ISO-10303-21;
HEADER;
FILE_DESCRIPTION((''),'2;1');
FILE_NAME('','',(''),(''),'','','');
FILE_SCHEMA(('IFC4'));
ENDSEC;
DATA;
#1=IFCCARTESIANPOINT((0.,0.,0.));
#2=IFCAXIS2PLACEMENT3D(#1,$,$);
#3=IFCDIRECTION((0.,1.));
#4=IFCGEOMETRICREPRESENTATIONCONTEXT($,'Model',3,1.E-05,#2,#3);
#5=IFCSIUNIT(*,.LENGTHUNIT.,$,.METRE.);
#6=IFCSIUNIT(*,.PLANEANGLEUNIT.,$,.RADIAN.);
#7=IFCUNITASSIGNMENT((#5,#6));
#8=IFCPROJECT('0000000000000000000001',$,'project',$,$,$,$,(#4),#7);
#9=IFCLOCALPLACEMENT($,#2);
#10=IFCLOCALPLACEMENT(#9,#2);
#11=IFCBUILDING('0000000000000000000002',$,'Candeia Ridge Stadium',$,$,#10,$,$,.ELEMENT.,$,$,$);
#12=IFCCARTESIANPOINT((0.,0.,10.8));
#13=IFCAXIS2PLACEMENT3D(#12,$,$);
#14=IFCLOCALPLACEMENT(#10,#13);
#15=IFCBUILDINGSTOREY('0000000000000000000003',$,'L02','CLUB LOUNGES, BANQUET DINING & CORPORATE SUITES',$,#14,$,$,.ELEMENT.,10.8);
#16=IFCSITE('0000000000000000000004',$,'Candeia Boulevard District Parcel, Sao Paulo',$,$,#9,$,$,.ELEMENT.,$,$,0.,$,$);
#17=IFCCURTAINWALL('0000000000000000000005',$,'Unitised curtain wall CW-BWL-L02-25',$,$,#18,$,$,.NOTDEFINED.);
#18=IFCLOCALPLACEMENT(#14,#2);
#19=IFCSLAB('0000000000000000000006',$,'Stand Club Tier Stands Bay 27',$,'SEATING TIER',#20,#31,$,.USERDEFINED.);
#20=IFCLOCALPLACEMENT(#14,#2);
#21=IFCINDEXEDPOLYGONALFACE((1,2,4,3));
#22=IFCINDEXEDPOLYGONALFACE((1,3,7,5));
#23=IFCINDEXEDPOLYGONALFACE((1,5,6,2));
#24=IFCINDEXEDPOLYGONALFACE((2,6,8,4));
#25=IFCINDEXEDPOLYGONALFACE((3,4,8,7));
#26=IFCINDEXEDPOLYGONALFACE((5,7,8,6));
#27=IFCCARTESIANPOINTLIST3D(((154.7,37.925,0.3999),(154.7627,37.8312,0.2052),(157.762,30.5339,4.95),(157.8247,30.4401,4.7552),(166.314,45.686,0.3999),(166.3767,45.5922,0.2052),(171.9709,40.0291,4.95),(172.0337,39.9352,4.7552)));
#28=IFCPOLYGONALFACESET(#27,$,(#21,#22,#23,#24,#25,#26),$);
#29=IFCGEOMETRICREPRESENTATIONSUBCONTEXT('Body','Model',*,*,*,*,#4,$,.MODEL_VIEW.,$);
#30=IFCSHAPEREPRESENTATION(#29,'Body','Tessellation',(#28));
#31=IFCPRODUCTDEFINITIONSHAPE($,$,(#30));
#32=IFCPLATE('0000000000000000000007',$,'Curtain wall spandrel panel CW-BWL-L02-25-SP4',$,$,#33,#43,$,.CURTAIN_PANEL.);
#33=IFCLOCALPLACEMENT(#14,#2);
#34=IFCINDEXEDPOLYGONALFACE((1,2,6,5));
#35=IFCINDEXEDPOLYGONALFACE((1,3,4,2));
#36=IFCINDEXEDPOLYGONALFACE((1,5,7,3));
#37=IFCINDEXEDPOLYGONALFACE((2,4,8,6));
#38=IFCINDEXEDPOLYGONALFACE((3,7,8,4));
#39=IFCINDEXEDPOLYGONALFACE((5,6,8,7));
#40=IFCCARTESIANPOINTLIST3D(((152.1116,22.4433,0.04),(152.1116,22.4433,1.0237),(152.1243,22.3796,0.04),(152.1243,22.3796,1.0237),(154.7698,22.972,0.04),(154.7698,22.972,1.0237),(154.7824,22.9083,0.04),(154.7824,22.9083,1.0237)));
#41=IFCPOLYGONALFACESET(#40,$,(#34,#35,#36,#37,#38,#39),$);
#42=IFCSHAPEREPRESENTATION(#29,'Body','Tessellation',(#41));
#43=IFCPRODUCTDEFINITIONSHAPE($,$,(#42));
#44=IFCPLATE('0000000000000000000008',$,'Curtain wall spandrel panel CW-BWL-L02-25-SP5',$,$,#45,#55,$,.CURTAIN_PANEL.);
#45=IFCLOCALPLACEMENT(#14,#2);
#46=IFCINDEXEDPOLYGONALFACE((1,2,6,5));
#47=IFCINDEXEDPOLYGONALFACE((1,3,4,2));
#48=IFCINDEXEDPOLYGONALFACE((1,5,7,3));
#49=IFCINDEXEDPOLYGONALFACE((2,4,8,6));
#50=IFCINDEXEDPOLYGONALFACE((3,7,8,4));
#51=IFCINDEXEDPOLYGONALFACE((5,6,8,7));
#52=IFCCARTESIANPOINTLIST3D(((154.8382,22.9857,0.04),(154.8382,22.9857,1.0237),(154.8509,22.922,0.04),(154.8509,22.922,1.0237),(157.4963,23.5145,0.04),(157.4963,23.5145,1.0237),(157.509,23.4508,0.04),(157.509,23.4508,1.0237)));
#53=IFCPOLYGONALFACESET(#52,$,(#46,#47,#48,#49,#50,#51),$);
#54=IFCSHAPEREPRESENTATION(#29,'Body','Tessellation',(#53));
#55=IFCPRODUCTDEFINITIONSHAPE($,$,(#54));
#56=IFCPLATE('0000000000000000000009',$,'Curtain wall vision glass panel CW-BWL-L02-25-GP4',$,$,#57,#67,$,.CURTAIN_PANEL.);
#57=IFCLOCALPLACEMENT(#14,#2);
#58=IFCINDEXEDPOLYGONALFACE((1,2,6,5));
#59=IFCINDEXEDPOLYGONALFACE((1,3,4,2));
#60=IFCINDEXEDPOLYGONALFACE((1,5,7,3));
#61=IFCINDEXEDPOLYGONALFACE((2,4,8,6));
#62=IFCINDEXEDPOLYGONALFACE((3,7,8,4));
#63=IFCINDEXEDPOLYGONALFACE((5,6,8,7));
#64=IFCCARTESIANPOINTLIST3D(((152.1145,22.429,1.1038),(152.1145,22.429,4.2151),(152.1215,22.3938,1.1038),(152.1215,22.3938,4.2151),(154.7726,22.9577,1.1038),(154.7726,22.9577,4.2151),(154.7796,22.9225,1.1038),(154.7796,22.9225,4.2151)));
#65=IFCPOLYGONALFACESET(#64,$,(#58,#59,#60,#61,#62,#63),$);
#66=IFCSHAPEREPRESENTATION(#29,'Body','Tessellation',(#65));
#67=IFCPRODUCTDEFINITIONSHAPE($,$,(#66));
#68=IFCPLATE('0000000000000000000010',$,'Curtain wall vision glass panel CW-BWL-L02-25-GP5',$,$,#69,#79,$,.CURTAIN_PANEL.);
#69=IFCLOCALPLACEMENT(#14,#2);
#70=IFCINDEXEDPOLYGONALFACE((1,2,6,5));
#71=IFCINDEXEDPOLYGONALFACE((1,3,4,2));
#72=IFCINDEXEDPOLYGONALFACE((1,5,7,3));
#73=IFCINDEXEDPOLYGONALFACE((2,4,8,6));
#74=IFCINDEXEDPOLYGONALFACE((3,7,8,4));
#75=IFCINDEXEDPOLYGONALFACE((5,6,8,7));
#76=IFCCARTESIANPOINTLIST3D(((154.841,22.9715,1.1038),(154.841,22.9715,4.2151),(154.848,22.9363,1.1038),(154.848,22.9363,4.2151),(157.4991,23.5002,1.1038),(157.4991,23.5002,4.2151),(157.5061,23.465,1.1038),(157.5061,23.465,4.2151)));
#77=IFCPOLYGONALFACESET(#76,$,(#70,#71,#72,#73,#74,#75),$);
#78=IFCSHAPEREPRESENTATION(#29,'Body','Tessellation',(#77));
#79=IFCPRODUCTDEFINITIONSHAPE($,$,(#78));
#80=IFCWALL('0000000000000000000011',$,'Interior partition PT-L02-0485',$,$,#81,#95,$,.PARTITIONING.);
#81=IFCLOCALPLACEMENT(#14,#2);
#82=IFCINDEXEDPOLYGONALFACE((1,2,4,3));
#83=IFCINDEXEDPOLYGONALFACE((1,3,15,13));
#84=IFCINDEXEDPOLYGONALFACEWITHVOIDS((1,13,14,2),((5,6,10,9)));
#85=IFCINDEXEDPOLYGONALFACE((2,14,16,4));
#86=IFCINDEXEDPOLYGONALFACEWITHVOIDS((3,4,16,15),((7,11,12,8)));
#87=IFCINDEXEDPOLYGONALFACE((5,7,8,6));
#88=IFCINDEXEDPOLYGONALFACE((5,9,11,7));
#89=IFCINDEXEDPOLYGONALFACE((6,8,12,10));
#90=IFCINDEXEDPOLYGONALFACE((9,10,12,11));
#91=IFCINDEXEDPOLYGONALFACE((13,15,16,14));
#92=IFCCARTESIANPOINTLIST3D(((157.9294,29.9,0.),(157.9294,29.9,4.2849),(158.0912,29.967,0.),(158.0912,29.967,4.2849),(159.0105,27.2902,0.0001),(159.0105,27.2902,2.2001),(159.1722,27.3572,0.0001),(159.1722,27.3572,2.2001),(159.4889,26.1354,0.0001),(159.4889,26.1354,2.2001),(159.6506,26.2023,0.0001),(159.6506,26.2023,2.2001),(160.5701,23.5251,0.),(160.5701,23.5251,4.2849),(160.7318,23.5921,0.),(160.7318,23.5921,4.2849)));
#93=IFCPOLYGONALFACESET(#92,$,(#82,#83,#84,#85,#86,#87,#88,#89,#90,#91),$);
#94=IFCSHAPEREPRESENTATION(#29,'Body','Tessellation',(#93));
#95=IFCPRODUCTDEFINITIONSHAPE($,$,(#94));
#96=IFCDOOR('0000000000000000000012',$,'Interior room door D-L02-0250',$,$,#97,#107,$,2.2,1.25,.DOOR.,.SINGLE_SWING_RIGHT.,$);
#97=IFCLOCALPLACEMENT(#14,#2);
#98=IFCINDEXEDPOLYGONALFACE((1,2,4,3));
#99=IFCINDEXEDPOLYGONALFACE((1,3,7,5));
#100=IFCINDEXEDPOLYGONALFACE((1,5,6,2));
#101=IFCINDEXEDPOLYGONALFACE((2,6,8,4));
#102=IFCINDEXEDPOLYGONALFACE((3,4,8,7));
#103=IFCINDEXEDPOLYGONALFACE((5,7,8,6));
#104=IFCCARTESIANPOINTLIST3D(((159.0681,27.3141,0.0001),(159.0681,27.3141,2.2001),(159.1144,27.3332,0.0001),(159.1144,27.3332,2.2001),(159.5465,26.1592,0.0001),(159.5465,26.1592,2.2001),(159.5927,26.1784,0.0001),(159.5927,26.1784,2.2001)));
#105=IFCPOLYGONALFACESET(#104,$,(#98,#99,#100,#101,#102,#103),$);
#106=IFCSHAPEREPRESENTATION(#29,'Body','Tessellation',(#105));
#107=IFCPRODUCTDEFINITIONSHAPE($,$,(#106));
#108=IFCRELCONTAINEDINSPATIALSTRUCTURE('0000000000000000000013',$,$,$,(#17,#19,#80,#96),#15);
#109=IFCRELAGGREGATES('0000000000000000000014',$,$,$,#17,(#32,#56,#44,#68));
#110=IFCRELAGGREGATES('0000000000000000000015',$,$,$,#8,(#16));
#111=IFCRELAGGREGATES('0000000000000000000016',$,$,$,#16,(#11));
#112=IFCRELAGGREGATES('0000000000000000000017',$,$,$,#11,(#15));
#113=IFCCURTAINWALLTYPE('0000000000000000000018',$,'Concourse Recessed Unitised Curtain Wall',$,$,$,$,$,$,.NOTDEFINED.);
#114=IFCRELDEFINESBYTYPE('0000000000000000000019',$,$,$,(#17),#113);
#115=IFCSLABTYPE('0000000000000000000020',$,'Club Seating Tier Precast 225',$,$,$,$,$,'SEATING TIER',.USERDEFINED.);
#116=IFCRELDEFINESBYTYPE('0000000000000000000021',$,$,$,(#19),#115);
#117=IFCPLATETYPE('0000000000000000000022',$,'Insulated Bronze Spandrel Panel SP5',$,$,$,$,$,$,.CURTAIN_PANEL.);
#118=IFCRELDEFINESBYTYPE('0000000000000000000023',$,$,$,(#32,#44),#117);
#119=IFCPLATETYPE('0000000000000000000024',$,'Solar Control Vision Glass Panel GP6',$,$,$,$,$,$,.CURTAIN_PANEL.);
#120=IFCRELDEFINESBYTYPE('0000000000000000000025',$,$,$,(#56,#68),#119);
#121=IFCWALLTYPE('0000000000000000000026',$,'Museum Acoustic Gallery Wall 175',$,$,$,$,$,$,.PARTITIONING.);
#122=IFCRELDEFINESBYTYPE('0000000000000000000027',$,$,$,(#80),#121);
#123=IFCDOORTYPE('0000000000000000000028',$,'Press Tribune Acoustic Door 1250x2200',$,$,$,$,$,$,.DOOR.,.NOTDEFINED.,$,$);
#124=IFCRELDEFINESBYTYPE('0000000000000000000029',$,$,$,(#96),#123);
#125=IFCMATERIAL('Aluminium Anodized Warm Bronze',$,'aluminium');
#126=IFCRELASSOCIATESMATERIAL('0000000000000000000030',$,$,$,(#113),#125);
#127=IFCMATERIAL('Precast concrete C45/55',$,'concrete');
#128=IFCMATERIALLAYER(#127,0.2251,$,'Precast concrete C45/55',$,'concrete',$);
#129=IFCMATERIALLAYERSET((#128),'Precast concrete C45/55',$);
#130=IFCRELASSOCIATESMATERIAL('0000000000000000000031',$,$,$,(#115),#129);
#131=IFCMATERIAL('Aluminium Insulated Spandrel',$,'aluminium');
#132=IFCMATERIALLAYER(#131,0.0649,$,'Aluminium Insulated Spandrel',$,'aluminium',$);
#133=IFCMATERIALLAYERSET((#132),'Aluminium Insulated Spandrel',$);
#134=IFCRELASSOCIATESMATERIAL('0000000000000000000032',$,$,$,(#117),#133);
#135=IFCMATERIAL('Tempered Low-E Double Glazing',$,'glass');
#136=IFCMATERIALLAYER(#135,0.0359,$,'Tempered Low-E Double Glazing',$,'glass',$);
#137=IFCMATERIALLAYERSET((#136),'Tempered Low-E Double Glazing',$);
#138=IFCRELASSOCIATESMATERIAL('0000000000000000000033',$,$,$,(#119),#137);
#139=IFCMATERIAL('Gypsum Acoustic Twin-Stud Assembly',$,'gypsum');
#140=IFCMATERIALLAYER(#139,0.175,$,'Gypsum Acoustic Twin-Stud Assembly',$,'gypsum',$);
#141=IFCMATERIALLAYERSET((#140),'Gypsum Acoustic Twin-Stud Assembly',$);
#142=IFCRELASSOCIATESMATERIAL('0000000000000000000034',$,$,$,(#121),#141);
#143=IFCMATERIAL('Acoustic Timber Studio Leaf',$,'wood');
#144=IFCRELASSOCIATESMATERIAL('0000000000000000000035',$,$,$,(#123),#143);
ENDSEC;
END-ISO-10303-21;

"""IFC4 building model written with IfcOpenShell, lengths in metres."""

from ifc_helpers import new_model, si_unit, direction, frame, frame_2d, origin, origin_2d, place, context, subcontext, project, spatial, polyline, rectangle, outline, extrude, material, layer, layer_set, type_object, element, fill, aggregate, save


model = new_model("IFC4")

# Units and contexts
model_context = context("Model", 3, precision=1e-05, world=origin(), true_north=direction((0.0, 1.0)))
body_context = subcontext(model_context, "Body", "Model", "MODEL_VIEW")
ifc_project = project(units=[si_unit("LENGTHUNIT", "METRE"), si_unit("PLANEANGLEUNIT", "RADIAN")], contexts=[model_context])

# Site, building, storey
site_placement = place(None, origin())
site = spatial("IfcSite", under=ifc_project, at=site_placement, Name="Candeia Boulevard District Parcel, Sao Paulo", CompositionType="ELEMENT", RefElevation=0.0)
building_placement = place(site_placement, origin())
building = spatial("IfcBuilding", under=site, at=building_placement, Name="Candeia Ridge Stadium", CompositionType="ELEMENT")
storey_placement = place(building_placement, frame((0.0, 0.0, 10.8)))
storey = spatial("IfcBuildingStorey", under=building, at=storey_placement, Name="L02", Description="CLUB LOUNGES, BANQUET DINING & CORPORATE SUITES", CompositionType="ELEMENT", Elevation=10.8)

# Curtain wall
ifc_material_1 = material(Name="Aluminium Anodized Warm Bronze", Category="aluminium")
curtain_wall_type = type_object("IfcCurtainWallType", Name="Concourse Recessed Unitised Curtain Wall", PredefinedType="NOTDEFINED", material=ifc_material_1)
curtain_wall_placement = place(storey_placement, origin())
curtain_wall = element("IfcCurtainWall", 1, at=curtain_wall_placement, inside=storey, type_object=curtain_wall_type, Name="Unitised curtain wall CW-BWL-L02-25", PredefinedType="NOTDEFINED")

# Slab
ifc_material_2 = material(Name="Precast concrete C45/55", Category="concrete")
ifc_layer_1 = layer(ifc_material_2, 0.2251, Name="Precast concrete C45/55", Category="concrete")
ifc_layer_set_1 = layer_set([ifc_layer_1], Name="Precast concrete C45/55")
slab_type = type_object("IfcSlabType", Name="Club Seating Tier Precast 225", ElementType="SEATING TIER", PredefinedType="USERDEFINED", material=ifc_layer_set_1)
slab_placement = place(storey_placement, frame((154.7, 37.925, 0.3999), z_axis=(-0.278715, 0.417085, 0.865077), x_axis=(0.831445, 0.555608, 0.000001)))
element("IfcSlab", 2, at=slab_placement, inside=storey, type_object=slab_type, Name="Stand Club Tier Stands Bay 27", ObjectType="SEATING TIER", PredefinedType="USERDEFINED", context=body_context, shape_type="SweptSolid", body=[
    extrude(outline(polyline([(0.0, 0.0), (13.9685, 0.0), (15.5289, -9.0703), (-1.5607, -9.0704), (0.0, 0.0)])), origin(), (0.0, 0.0, -1.0), 0.2251),
])

# Plates
ifc_material_3 = material(Name="Aluminium Insulated Spandrel", Category="aluminium")
ifc_layer_2 = layer(ifc_material_3, 0.0649, Name="Aluminium Insulated Spandrel", Category="aluminium")
ifc_layer_set_2 = layer_set([ifc_layer_2], Name="Aluminium Insulated Spandrel")
plate_type_1 = type_object("IfcPlateType", Name="Insulated Bronze Spandrel Panel SP5", PredefinedType="CURTAIN_PANEL", material=ifc_layer_set_2)
plate_1_placement = place(storey_placement, frame((153.447, 22.6758, 0.04), z_axis=(0.0, 0.0, 1.0), x_axis=(0.980785, 0.19509, 0.0)))
plate_1 = element("IfcPlate", 3, at=plate_1_placement, type_object=plate_type_1, Name="Curtain wall spandrel panel CW-BWL-L02-25-SP4", PredefinedType="CURTAIN_PANEL", context=body_context, shape_type="SweptSolid", body=[
    extrude(rectangle(XDim=2.7102, YDim=0.0649, at=origin_2d()), origin(), (0.0, 0.0, 1.0), 0.9836),
])
plate_2_placement = place(storey_placement, frame((156.1736, 23.2183, 0.04), z_axis=(0.0, 0.0, 1.0), x_axis=(0.980785, 0.19509, 0.0)))
plate_2 = element("IfcPlate", 4, at=plate_2_placement, type_object=plate_type_1, Name="Curtain wall spandrel panel CW-BWL-L02-25-SP5", PredefinedType="CURTAIN_PANEL", context=body_context, shape_type="SweptSolid", body=[
    extrude(rectangle(XDim=2.7102, YDim=0.0649, at=origin_2d()), origin(), (0.0, 0.0, 1.0), 0.9836),
])
ifc_material_4 = material(Name="Tempered Low-E Double Glazing", Category="glass")
ifc_layer_3 = layer(ifc_material_4, 0.0359, Name="Tempered Low-E Double Glazing", Category="glass")
ifc_layer_set_3 = layer_set([ifc_layer_3], Name="Tempered Low-E Double Glazing")
plate_type_2 = type_object("IfcPlateType", Name="Solar Control Vision Glass Panel GP6", PredefinedType="CURTAIN_PANEL", material=ifc_layer_set_3)
plate_3_placement = place(storey_placement, frame((153.447, 22.6758, 1.1038), z_axis=(0.0, 0.0, 1.0), x_axis=(0.980785, 0.19509, 0.0)))
plate_3 = element("IfcPlate", 5, at=plate_3_placement, type_object=plate_type_2, Name="Curtain wall vision glass panel CW-BWL-L02-25-GP4", PredefinedType="CURTAIN_PANEL", context=body_context, shape_type="SweptSolid", body=[
    extrude(rectangle(XDim=2.7102, YDim=0.0359, at=origin_2d()), origin(), (0.0, 0.0, 1.0), 3.1113),
])
plate_4_placement = place(storey_placement, frame((156.1736, 23.2183, 1.1038), z_axis=(0.0, 0.0, 1.0), x_axis=(0.980785, 0.19509, 0.0)))
plate_4 = element("IfcPlate", 6, at=plate_4_placement, type_object=plate_type_2, Name="Curtain wall vision glass panel CW-BWL-L02-25-GP5", PredefinedType="CURTAIN_PANEL", context=body_context, shape_type="SweptSolid", body=[
    extrude(rectangle(XDim=2.7102, YDim=0.0359, at=origin_2d()), origin(), (0.0, 0.0, 1.0), 3.1113),
])
aggregate(curtain_wall, [plate_1, plate_3, plate_2, plate_4])

# Wall, opening, door
ifc_material_5 = material(Name="Gypsum Acoustic Twin-Stud Assembly", Category="gypsum")
ifc_layer_4 = layer(ifc_material_5, 0.175, Name="Gypsum Acoustic Twin-Stud Assembly", Category="gypsum")
ifc_layer_set_4 = layer_set([ifc_layer_4], Name="Gypsum Acoustic Twin-Stud Assembly")
wall_type = type_object("IfcWallType", Name="Museum Acoustic Gallery Wall 175", PredefinedType="PARTITIONING", material=ifc_layer_set_4)
wall_placement = place(storey_placement, frame((158.0103, 29.9336, 0.0), z_axis=(0.0, 0.0, 1.0), x_axis=(0.382698, -0.923874, 0.0)))
wall = element("IfcWall", 7, at=wall_placement, inside=storey, type_object=wall_type, Name="Interior partition PT-L02-0485", PredefinedType="PARTITIONING", context=body_context, shape_type="SweptSolid", body=[
    extrude(rectangle(XDim=6.9001, YDim=0.175, at=frame_2d((3.4502, 0.0))), origin(), (0.0, 0.0, 1.0), 4.2849),
])
opening_placement = place(wall_placement, frame((2.825, 0.0, 0.0)))
opening = element("IfcOpeningElement", 8, at=opening_placement, cuts=wall, PredefinedType="OPENING", context=body_context, shape_type="SweptSolid", body=[
    extrude(rectangle(XDim=1.25, YDim=2.2, at=frame_2d((0.625, 1.1001))), frame((0.0, 0.0974, 0.0), z_axis=(0.0, -1.0, 0.0), x_axis=(1.0, 0.0, 0.0)), (0.0, 0.0, 1.0), 0.1951),
])
ifc_material_6 = material(Name="Acoustic Timber Studio Leaf", Category="wood")
door_type = type_object("IfcDoorType", Name="Press Tribune Acoustic Door 1250x2200", OperationType="NOTDEFINED", PredefinedType="DOOR", material=ifc_material_6)
door_placement = place(opening_placement, origin())
door = element("IfcDoor", 9, at=door_placement, inside=storey, type_object=door_type, Name="Interior room door D-L02-0250", OperationType="SINGLE_SWING_RIGHT", OverallHeight=2.2, OverallWidth=1.25, PredefinedType="DOOR", context=body_context, shape_type="SweptSolid", body=[
    extrude(rectangle(XDim=1.25, YDim=2.2, at=frame_2d((0.625, 1.1001))), frame((0.0, 0.0249, 0.0), z_axis=(0.0, -1.0, 0.0), x_axis=(1.0, 0.0, 0.0)), (0.0, 0.0, 1.0), 0.05),
])
fill(opening, door)

save(model, "model.ifc")
